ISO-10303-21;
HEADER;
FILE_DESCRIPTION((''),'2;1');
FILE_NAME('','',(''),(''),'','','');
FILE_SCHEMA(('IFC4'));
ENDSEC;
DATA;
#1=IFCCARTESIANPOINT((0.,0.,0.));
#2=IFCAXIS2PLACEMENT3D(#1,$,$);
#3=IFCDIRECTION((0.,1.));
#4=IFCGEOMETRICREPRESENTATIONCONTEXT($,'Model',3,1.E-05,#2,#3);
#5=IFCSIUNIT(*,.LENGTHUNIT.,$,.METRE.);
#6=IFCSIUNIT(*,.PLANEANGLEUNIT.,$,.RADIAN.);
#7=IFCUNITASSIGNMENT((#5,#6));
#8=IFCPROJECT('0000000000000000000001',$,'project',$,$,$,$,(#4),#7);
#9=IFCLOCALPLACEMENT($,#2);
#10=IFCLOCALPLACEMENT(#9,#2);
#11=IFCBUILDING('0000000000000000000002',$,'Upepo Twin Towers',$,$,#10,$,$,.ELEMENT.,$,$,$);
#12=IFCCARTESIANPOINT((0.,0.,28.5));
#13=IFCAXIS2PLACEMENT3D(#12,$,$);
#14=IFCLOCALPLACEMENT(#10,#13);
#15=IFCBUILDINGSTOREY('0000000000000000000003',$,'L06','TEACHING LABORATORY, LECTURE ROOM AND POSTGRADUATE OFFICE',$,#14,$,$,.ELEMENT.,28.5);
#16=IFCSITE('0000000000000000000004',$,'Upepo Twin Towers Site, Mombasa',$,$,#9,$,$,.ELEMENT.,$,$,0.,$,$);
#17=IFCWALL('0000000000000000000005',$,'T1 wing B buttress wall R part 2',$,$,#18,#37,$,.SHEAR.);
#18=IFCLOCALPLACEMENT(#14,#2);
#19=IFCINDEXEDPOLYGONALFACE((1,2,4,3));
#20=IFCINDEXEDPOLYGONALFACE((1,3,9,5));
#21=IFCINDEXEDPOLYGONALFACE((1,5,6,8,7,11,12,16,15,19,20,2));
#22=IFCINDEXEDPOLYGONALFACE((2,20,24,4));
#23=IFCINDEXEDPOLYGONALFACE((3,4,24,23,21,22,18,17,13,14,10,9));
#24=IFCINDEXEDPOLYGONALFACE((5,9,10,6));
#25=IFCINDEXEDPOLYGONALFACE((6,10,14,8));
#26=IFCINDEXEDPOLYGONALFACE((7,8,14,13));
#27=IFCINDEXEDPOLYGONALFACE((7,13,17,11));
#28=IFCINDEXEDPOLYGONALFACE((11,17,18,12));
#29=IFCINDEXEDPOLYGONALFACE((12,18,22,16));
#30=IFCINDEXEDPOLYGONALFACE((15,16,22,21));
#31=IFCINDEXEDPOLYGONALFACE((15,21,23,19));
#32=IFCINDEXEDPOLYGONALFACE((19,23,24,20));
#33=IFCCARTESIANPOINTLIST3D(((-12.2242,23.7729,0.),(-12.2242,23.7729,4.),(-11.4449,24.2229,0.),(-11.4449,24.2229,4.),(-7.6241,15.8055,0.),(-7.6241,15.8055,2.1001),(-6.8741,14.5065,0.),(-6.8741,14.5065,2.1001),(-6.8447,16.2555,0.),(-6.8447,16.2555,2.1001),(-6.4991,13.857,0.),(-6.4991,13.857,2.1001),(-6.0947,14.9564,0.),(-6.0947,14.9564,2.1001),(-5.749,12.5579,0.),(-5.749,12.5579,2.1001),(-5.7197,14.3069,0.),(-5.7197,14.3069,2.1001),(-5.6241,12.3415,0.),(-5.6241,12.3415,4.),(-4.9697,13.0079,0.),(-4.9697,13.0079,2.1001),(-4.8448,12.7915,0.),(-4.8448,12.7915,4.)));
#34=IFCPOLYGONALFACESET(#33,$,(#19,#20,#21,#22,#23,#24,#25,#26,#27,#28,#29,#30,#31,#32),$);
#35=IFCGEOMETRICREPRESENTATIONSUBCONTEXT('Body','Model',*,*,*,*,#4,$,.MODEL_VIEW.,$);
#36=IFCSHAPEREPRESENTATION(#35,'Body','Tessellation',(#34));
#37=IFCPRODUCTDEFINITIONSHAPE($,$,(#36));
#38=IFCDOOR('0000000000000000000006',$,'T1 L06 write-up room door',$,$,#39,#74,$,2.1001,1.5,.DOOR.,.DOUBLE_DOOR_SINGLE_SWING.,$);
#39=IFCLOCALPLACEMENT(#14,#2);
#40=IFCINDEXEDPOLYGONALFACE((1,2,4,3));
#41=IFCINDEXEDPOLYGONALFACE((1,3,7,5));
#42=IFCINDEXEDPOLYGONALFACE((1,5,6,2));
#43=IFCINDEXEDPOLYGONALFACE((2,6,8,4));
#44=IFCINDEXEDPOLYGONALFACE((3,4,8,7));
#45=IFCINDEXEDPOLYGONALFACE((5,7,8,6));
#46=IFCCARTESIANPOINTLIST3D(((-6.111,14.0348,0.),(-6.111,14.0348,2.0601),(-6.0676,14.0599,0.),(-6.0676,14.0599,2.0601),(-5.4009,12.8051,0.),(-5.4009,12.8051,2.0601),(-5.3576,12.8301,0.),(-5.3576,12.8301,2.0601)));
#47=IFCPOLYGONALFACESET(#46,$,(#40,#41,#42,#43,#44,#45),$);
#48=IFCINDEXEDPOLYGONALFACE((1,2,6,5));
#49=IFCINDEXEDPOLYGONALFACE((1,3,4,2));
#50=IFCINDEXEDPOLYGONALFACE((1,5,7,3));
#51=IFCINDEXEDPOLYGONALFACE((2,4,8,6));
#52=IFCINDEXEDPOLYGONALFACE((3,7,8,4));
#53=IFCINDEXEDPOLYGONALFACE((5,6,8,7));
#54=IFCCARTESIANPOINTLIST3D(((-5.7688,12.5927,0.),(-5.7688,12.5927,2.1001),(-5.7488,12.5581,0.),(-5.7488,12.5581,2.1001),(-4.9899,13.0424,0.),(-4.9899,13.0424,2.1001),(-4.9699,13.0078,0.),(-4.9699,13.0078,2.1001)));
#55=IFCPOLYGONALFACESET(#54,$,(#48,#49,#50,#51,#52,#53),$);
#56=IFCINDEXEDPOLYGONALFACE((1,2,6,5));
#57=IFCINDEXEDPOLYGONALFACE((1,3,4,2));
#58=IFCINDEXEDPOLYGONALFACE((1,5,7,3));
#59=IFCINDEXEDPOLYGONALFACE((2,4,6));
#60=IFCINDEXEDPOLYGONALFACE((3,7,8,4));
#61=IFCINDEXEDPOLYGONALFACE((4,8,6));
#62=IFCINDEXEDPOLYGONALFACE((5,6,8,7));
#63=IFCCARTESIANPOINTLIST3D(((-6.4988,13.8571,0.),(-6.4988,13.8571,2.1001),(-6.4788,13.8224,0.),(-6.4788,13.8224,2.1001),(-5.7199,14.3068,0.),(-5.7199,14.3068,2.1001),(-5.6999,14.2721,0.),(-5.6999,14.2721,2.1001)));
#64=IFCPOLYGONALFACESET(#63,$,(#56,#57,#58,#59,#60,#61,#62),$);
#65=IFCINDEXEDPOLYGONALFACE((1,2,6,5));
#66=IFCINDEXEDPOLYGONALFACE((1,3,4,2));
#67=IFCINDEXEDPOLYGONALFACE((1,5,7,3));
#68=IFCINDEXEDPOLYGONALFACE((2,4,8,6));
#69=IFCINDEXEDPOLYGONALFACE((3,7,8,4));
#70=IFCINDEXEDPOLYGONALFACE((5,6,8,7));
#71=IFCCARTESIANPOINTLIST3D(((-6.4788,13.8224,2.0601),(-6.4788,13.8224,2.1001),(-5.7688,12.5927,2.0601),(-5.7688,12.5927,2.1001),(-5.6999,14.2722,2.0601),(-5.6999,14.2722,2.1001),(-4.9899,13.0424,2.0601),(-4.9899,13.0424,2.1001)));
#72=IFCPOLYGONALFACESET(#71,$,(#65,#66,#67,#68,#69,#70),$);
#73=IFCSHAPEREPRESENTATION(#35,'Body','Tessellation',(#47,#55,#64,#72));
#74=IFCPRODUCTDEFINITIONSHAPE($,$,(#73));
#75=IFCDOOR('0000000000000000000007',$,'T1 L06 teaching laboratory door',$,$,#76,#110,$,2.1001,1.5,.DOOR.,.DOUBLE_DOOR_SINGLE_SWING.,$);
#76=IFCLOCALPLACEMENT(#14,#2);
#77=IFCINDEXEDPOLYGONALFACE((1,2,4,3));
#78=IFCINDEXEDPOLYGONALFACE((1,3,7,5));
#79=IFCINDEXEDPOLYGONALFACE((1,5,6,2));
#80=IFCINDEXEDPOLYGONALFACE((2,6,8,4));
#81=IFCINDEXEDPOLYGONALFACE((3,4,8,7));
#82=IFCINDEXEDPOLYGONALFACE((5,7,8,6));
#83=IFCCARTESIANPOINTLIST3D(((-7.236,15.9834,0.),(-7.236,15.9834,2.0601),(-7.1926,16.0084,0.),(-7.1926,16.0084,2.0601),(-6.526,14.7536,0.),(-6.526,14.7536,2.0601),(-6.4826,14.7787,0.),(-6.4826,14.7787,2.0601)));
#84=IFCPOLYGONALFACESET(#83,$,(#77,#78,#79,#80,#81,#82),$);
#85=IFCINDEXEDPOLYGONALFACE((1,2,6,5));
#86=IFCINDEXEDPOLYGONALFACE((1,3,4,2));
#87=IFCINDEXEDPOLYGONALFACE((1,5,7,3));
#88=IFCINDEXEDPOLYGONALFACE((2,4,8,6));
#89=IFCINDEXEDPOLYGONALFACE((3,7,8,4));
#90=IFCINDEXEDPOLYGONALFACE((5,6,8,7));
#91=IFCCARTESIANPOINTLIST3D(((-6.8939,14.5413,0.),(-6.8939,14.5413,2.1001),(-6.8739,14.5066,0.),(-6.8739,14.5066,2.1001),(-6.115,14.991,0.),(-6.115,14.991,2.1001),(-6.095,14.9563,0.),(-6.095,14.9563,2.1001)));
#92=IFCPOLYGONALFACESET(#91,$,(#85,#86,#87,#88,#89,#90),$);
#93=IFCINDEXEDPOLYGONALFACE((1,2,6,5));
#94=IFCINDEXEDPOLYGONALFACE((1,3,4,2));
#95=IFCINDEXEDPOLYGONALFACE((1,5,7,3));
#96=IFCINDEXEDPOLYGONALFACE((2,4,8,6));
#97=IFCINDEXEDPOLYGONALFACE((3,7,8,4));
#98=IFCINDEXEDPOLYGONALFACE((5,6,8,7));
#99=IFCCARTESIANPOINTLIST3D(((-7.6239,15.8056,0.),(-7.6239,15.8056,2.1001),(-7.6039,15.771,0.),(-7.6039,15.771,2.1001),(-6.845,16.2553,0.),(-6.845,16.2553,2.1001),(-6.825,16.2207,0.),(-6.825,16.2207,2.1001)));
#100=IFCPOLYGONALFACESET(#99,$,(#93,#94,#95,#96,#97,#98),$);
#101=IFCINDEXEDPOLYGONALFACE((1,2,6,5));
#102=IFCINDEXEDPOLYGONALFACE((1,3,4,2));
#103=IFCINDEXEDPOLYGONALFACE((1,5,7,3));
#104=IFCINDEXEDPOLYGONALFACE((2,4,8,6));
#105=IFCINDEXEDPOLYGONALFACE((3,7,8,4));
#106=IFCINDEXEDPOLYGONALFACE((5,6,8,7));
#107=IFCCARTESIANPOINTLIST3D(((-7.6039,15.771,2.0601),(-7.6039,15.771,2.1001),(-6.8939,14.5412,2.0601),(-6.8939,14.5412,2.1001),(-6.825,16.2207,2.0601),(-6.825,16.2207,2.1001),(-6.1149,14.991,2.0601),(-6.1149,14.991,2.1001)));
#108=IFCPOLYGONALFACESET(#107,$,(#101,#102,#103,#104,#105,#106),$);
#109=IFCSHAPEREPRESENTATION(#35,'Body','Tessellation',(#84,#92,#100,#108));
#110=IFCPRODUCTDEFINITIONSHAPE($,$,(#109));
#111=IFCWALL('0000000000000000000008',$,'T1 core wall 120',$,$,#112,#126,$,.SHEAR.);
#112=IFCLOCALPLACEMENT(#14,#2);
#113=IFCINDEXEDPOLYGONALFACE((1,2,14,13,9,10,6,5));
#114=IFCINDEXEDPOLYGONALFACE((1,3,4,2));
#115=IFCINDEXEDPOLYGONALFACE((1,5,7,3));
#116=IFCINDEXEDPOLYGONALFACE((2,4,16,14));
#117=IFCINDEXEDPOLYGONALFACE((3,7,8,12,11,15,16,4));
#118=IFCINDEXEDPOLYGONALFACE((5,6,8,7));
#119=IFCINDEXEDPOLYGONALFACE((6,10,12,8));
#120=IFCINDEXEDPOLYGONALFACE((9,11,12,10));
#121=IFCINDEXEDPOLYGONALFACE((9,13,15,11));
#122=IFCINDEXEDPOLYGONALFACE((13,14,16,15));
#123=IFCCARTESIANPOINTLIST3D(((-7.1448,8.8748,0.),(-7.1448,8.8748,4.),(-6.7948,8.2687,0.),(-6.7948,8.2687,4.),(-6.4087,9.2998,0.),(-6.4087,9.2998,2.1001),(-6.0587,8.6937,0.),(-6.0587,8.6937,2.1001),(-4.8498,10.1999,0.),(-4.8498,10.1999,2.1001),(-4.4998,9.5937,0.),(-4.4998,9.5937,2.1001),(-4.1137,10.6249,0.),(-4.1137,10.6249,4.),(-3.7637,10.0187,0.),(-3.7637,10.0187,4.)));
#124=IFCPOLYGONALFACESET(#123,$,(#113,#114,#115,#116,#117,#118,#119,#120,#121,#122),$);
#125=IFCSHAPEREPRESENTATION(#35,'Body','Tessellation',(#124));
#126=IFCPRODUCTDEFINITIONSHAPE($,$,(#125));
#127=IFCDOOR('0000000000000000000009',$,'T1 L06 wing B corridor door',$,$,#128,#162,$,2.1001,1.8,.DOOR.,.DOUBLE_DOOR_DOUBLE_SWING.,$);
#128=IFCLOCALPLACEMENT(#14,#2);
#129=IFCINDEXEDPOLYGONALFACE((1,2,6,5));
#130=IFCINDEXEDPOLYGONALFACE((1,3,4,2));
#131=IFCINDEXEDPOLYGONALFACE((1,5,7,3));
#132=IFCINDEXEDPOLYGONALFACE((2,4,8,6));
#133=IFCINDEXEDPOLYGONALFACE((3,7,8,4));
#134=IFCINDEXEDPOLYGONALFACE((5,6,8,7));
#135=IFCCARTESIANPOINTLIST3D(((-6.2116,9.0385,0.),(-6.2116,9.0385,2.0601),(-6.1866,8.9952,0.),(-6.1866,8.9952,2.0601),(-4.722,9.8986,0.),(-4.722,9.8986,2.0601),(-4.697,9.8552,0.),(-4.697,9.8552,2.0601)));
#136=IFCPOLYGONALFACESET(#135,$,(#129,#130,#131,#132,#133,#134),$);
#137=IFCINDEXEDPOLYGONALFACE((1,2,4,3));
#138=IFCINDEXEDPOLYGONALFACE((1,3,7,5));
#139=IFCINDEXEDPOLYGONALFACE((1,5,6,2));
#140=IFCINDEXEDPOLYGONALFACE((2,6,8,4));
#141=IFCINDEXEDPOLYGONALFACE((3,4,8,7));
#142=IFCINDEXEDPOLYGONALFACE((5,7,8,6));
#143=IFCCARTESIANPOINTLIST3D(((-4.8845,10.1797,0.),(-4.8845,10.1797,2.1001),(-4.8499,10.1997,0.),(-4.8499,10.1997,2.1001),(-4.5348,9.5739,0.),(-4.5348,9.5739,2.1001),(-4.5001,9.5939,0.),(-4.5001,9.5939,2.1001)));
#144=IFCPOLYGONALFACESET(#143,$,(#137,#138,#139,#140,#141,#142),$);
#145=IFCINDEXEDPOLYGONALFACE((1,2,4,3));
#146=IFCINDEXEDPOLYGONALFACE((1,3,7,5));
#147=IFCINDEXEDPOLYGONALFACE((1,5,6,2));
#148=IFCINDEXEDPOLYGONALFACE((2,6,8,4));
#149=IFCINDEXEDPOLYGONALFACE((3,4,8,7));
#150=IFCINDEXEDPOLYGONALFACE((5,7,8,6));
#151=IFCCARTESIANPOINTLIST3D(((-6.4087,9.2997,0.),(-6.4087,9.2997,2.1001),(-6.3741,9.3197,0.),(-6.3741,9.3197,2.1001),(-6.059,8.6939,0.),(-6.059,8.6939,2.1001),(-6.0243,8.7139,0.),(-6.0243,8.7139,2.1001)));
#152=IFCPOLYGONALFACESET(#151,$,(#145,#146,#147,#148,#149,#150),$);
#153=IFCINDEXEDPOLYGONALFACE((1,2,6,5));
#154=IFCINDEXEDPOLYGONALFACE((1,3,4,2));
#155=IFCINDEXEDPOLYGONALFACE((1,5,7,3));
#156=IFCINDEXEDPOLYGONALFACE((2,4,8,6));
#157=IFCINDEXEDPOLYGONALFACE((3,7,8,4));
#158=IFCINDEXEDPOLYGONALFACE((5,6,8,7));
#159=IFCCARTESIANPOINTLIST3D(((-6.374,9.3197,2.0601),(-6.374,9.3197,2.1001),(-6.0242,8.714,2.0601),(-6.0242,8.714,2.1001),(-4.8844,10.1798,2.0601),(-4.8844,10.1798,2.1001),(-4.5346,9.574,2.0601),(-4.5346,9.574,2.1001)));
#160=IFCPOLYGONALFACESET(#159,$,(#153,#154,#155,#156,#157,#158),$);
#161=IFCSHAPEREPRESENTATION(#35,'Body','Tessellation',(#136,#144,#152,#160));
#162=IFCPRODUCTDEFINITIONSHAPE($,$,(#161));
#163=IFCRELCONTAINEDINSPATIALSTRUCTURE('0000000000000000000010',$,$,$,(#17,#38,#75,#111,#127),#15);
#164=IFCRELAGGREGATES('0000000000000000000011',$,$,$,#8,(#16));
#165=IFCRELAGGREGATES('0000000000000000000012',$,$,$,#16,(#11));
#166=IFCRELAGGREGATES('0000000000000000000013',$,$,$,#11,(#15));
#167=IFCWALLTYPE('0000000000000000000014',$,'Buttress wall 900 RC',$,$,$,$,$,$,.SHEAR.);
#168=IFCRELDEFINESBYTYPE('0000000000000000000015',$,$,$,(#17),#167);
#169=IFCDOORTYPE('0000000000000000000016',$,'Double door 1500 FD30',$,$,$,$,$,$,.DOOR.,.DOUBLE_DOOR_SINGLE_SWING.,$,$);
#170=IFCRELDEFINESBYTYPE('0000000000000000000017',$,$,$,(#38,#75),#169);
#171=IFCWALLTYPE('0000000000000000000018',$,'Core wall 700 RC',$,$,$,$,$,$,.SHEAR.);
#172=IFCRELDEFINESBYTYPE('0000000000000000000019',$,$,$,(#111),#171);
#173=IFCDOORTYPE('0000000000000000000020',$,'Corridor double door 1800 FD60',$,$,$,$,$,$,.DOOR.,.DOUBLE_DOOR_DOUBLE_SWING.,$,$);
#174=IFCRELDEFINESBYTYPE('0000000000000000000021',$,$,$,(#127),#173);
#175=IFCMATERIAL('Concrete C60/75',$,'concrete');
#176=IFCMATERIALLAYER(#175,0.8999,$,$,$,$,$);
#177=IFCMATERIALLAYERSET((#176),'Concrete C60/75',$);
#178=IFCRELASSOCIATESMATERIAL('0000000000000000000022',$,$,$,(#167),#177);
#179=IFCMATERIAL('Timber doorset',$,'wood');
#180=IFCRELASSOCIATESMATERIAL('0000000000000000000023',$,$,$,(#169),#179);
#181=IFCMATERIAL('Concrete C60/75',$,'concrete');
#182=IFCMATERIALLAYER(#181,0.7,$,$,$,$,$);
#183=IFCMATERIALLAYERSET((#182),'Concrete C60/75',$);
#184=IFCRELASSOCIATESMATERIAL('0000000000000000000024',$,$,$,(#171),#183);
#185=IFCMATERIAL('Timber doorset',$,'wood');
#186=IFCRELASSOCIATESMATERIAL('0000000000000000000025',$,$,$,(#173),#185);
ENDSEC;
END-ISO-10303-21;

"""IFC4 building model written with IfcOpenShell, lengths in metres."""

from ifc_helpers import new_model, si_unit, direction, frame, frame_2d, origin, place, context, subcontext, project, spatial, rectangle, extrude, material, layer, layer_set, type_object, element, fill, save


model = new_model("IFC4")

# Units and contexts
model_context = context("Model", 3, precision=1e-05, world=origin(), true_north=direction((0.0, 1.0)))
body_context = subcontext(model_context, "Body", "Model", "MODEL_VIEW")
ifc_project = project(units=[si_unit("LENGTHUNIT", "METRE"), si_unit("PLANEANGLEUNIT", "RADIAN")], contexts=[model_context])

# Site, building, storey
site_placement = place(None, origin())
site = spatial("IfcSite", under=ifc_project, at=site_placement, Name="Upepo Twin Towers Site, Mombasa", CompositionType="ELEMENT", RefElevation=0.0)
building_placement = place(site_placement, origin())
building = spatial("IfcBuilding", under=site, at=building_placement, Name="Upepo Twin Towers", CompositionType="ELEMENT")
storey_placement = place(building_placement, frame((0.0, 0.0, 28.5)))
storey = spatial("IfcBuildingStorey", under=building, at=storey_placement, Name="L06", Description="TEACHING LABORATORY, LECTURE ROOM AND POSTGRADUATE OFFICE", CompositionType="ELEMENT", Elevation=28.5)

# Wall, openings, doors
ifc_material_1 = material(Name="Concrete C60/75", Category="concrete")
ifc_layer_1 = layer(ifc_material_1, 0.8999)
ifc_layer_set_1 = layer_set([ifc_layer_1], Name="Concrete C60/75")
wall_type_1 = type_object("IfcWallType", Name="Buttress wall 900 RC", PredefinedType="SHEAR", material=ifc_layer_set_1)
ifc_material_2 = material(Name="Timber doorset", Category="wood")
door_type_1 = type_object("IfcDoorType", Name="Double door 1500 FD30", OperationType="DOUBLE_DOOR_SINGLE_SWING", PredefinedType="DOOR", material=ifc_material_2)
wall_1_placement = place(storey_placement, frame((-5.2344, 12.5664, 0.0), z_axis=(0.0, 0.0, 1.0), x_axis=(-0.50001, 0.86602, 0.0)))
wall_1 = element("IfcWall", 1, at=wall_1_placement, inside=storey, type_object=wall_type_1, Name="T1 wing B buttress wall R part 2", PredefinedType="SHEAR", context=body_context, shape_type="SweptSolid", body=[
    extrude(rectangle(XDim=13.2, YDim=0.8999, at=frame_2d((6.6001, 0.0))), origin(), (0.0, 0.0, 1.0), 4.0),
])
opening_1_placement = place(wall_1_placement, frame((0.25, 0.0, 0.0)))
opening_1 = element("IfcOpeningElement", 2, at=opening_1_placement, cuts=wall_1, PredefinedType="OPENING", context=body_context, shape_type="SweptSolid", body=[
    extrude(rectangle(XDim=1.5, YDim=2.1001, at=frame_2d((0.75, 1.05))), frame((0.0, 0.46, 0.0), z_axis=(0.0, -1.0, 0.0), x_axis=(1.0, 0.0, 0.0)), (0.0, 0.0, 1.0), 0.9199),
])
opening_2_placement = place(wall_1_placement, frame((2.5, 0.0, 0.0)))
opening_2 = element("IfcOpeningElement", 3, at=opening_2_placement, cuts=wall_1, PredefinedType="OPENING", context=body_context, shape_type="SweptSolid", body=[
    extrude(rectangle(XDim=1.5, YDim=2.1001, at=frame_2d((0.75, 1.05))), frame((0.0, 0.46, 0.0), z_axis=(0.0, -1.0, 0.0), x_axis=(1.0, 0.0, 0.0)), (0.0, 0.0, 1.0), 0.9199),
])
door_1_placement = place(opening_1_placement, origin())
door_1 = element("IfcDoor", 4, at=door_1_placement, inside=storey, type_object=door_type_1, Name="T1 L06 write-up room door", OperationType="DOUBLE_DOOR_SINGLE_SWING", OverallHeight=2.1001, OverallWidth=1.5, PredefinedType="DOOR", context=body_context, shape_type="SweptSolid", body=[
    extrude(rectangle(XDim=1.42, YDim=2.0601, at=frame_2d((0.75, 1.03))), frame((0.0, 0.0249, 0.0), z_axis=(0.0, -1.0, 0.0), x_axis=(1.0, 0.0, 0.0)), (0.0, 0.0, 1.0), 0.05),
    extrude(rectangle(XDim=0.04, YDim=2.1001, at=frame_2d((0.02, 1.05))), frame((0.0, 0.4497, 0.0), z_axis=(0.0, -1.0, 0.0), x_axis=(1.0, 0.0, 0.0)), (0.0, 0.0, 1.0), 0.8994),
    extrude(rectangle(XDim=0.04, YDim=2.1001, at=frame_2d((1.48, 1.05))), frame((0.0, 0.4497, 0.0), z_axis=(0.0, -1.0, 0.0), x_axis=(1.0, 0.0, 0.0)), (0.0, 0.0, 1.0), 0.8994),
    extrude(rectangle(XDim=1.42, YDim=0.04, at=frame_2d((0.75, 2.0801))), frame((0.0, 0.4497, 0.0), z_axis=(0.0, -1.0, 0.0), x_axis=(1.0, 0.0, 0.0)), (0.0, 0.0, 1.0), 0.8994),
])
fill(opening_1, door_1)
door_2_placement = place(opening_2_placement, origin())
door_2 = element("IfcDoor", 5, at=door_2_placement, inside=storey, type_object=door_type_1, Name="T1 L06 teaching laboratory door", OperationType="DOUBLE_DOOR_SINGLE_SWING", OverallHeight=2.1001, OverallWidth=1.5, PredefinedType="DOOR", context=body_context, shape_type="SweptSolid", body=[
    extrude(rectangle(XDim=1.42, YDim=2.0601, at=frame_2d((0.75, 1.03))), frame((0.0, 0.0249, 0.0), z_axis=(0.0, -1.0, 0.0), x_axis=(1.0, 0.0, 0.0)), (0.0, 0.0, 1.0), 0.05),
    extrude(rectangle(XDim=0.04, YDim=2.1001, at=frame_2d((0.02, 1.05))), frame((0.0, 0.4497, 0.0), z_axis=(0.0, -1.0, 0.0), x_axis=(1.0, 0.0, 0.0)), (0.0, 0.0, 1.0), 0.8994),
    extrude(rectangle(XDim=0.04, YDim=2.1001, at=frame_2d((1.48, 1.05))), frame((0.0, 0.4497, 0.0), z_axis=(0.0, -1.0, 0.0), x_axis=(1.0, 0.0, 0.0)), (0.0, 0.0, 1.0), 0.8994),
    extrude(rectangle(XDim=1.42, YDim=0.04, at=frame_2d((0.75, 2.0801))), frame((0.0, 0.4497, 0.0), z_axis=(0.0, -1.0, 0.0), x_axis=(1.0, 0.0, 0.0)), (0.0, 0.0, 1.0), 0.8994),
])
fill(opening_2, door_2)

# Wall, opening, door
ifc_material_3 = material(Name="Concrete C60/75", Category="concrete")
ifc_layer_2 = layer(ifc_material_3, 0.7)
ifc_layer_set_2 = layer_set([ifc_layer_2], Name="Concrete C60/75")
wall_type_2 = type_object("IfcWallType", Name="Core wall 700 RC", PredefinedType="SHEAR", material=ifc_layer_set_2)
wall_2_placement = place(storey_placement, frame((-3.9387, 10.3218, 0.0), z_axis=(0.0, 0.0, 1.0), x_axis=(-0.866019, -0.50001, 0.0)))
wall_2 = element("IfcWall", 6, at=wall_2_placement, inside=storey, type_object=wall_type_2, Name="T1 core wall 120", PredefinedType="SHEAR", context=body_context, shape_type="SweptSolid", body=[
    extrude(rectangle(XDim=3.5, YDim=0.7, at=frame_2d((1.75, 0.0))), origin(), (0.0, 0.0, 1.0), 4.0),
])
opening_3_placement = place(wall_2_placement, frame((0.8501, 0.0, 0.0)))
opening_3 = element("IfcOpeningElement", 7, at=opening_3_placement, cuts=wall_2, PredefinedType="OPENING", context=body_context, shape_type="SweptSolid", body=[
    extrude(rectangle(XDim=1.8, YDim=2.1001, at=frame_2d((0.8999, 1.05))), frame((0.0, 0.3599, 0.0), z_axis=(0.0, -1.0, 0.0), x_axis=(1.0, 0.0, 0.0)), (0.0, 0.0, 1.0), 0.72),
])
ifc_material_4 = material(Name="Timber doorset", Category="wood")
door_type_2 = type_object("IfcDoorType", Name="Corridor double door 1800 FD60", OperationType="DOUBLE_DOOR_DOUBLE_SWING", PredefinedType="DOOR", material=ifc_material_4)
door_3_placement = place(opening_3_placement, origin())
door_3 = element("IfcDoor", 8, at=door_3_placement, inside=storey, type_object=door_type_2, Name="T1 L06 wing B corridor door", OperationType="DOUBLE_DOOR_DOUBLE_SWING", OverallHeight=2.1001, OverallWidth=1.8, PredefinedType="DOOR", context=body_context, shape_type="SweptSolid", body=[
    extrude(rectangle(XDim=1.72, YDim=2.0601, at=frame_2d((0.8999, 1.03))), frame((0.0, 0.0249, 0.0), z_axis=(0.0, -1.0, 0.0), x_axis=(1.0, 0.0, 0.0)), (0.0, 0.0, 1.0), 0.05),
    extrude(rectangle(XDim=0.04, YDim=2.1001, at=frame_2d((0.02, 1.05))), frame((0.0, 0.3496, 0.0), z_axis=(0.0, -1.0, 0.0), x_axis=(1.0, 0.0, 0.0)), (0.0, 0.0, 1.0), 0.6995),
    extrude(rectangle(XDim=0.04, YDim=2.1001, at=frame_2d((1.78, 1.05))), frame((0.0, 0.3496, 0.0), z_axis=(0.0, -1.0, 0.0), x_axis=(1.0, 0.0, 0.0)), (0.0, 0.0, 1.0), 0.6995),
    extrude(rectangle(XDim=1.72, YDim=0.04, at=frame_2d((0.8999, 2.0801))), frame((0.0, 0.3496, 0.0), z_axis=(0.0, -1.0, 0.0), x_axis=(1.0, 0.0, 0.0)), (0.0, 0.0, 1.0), 0.6995),
])
fill(opening_3, door_3)

save(model, "model.ifc")
